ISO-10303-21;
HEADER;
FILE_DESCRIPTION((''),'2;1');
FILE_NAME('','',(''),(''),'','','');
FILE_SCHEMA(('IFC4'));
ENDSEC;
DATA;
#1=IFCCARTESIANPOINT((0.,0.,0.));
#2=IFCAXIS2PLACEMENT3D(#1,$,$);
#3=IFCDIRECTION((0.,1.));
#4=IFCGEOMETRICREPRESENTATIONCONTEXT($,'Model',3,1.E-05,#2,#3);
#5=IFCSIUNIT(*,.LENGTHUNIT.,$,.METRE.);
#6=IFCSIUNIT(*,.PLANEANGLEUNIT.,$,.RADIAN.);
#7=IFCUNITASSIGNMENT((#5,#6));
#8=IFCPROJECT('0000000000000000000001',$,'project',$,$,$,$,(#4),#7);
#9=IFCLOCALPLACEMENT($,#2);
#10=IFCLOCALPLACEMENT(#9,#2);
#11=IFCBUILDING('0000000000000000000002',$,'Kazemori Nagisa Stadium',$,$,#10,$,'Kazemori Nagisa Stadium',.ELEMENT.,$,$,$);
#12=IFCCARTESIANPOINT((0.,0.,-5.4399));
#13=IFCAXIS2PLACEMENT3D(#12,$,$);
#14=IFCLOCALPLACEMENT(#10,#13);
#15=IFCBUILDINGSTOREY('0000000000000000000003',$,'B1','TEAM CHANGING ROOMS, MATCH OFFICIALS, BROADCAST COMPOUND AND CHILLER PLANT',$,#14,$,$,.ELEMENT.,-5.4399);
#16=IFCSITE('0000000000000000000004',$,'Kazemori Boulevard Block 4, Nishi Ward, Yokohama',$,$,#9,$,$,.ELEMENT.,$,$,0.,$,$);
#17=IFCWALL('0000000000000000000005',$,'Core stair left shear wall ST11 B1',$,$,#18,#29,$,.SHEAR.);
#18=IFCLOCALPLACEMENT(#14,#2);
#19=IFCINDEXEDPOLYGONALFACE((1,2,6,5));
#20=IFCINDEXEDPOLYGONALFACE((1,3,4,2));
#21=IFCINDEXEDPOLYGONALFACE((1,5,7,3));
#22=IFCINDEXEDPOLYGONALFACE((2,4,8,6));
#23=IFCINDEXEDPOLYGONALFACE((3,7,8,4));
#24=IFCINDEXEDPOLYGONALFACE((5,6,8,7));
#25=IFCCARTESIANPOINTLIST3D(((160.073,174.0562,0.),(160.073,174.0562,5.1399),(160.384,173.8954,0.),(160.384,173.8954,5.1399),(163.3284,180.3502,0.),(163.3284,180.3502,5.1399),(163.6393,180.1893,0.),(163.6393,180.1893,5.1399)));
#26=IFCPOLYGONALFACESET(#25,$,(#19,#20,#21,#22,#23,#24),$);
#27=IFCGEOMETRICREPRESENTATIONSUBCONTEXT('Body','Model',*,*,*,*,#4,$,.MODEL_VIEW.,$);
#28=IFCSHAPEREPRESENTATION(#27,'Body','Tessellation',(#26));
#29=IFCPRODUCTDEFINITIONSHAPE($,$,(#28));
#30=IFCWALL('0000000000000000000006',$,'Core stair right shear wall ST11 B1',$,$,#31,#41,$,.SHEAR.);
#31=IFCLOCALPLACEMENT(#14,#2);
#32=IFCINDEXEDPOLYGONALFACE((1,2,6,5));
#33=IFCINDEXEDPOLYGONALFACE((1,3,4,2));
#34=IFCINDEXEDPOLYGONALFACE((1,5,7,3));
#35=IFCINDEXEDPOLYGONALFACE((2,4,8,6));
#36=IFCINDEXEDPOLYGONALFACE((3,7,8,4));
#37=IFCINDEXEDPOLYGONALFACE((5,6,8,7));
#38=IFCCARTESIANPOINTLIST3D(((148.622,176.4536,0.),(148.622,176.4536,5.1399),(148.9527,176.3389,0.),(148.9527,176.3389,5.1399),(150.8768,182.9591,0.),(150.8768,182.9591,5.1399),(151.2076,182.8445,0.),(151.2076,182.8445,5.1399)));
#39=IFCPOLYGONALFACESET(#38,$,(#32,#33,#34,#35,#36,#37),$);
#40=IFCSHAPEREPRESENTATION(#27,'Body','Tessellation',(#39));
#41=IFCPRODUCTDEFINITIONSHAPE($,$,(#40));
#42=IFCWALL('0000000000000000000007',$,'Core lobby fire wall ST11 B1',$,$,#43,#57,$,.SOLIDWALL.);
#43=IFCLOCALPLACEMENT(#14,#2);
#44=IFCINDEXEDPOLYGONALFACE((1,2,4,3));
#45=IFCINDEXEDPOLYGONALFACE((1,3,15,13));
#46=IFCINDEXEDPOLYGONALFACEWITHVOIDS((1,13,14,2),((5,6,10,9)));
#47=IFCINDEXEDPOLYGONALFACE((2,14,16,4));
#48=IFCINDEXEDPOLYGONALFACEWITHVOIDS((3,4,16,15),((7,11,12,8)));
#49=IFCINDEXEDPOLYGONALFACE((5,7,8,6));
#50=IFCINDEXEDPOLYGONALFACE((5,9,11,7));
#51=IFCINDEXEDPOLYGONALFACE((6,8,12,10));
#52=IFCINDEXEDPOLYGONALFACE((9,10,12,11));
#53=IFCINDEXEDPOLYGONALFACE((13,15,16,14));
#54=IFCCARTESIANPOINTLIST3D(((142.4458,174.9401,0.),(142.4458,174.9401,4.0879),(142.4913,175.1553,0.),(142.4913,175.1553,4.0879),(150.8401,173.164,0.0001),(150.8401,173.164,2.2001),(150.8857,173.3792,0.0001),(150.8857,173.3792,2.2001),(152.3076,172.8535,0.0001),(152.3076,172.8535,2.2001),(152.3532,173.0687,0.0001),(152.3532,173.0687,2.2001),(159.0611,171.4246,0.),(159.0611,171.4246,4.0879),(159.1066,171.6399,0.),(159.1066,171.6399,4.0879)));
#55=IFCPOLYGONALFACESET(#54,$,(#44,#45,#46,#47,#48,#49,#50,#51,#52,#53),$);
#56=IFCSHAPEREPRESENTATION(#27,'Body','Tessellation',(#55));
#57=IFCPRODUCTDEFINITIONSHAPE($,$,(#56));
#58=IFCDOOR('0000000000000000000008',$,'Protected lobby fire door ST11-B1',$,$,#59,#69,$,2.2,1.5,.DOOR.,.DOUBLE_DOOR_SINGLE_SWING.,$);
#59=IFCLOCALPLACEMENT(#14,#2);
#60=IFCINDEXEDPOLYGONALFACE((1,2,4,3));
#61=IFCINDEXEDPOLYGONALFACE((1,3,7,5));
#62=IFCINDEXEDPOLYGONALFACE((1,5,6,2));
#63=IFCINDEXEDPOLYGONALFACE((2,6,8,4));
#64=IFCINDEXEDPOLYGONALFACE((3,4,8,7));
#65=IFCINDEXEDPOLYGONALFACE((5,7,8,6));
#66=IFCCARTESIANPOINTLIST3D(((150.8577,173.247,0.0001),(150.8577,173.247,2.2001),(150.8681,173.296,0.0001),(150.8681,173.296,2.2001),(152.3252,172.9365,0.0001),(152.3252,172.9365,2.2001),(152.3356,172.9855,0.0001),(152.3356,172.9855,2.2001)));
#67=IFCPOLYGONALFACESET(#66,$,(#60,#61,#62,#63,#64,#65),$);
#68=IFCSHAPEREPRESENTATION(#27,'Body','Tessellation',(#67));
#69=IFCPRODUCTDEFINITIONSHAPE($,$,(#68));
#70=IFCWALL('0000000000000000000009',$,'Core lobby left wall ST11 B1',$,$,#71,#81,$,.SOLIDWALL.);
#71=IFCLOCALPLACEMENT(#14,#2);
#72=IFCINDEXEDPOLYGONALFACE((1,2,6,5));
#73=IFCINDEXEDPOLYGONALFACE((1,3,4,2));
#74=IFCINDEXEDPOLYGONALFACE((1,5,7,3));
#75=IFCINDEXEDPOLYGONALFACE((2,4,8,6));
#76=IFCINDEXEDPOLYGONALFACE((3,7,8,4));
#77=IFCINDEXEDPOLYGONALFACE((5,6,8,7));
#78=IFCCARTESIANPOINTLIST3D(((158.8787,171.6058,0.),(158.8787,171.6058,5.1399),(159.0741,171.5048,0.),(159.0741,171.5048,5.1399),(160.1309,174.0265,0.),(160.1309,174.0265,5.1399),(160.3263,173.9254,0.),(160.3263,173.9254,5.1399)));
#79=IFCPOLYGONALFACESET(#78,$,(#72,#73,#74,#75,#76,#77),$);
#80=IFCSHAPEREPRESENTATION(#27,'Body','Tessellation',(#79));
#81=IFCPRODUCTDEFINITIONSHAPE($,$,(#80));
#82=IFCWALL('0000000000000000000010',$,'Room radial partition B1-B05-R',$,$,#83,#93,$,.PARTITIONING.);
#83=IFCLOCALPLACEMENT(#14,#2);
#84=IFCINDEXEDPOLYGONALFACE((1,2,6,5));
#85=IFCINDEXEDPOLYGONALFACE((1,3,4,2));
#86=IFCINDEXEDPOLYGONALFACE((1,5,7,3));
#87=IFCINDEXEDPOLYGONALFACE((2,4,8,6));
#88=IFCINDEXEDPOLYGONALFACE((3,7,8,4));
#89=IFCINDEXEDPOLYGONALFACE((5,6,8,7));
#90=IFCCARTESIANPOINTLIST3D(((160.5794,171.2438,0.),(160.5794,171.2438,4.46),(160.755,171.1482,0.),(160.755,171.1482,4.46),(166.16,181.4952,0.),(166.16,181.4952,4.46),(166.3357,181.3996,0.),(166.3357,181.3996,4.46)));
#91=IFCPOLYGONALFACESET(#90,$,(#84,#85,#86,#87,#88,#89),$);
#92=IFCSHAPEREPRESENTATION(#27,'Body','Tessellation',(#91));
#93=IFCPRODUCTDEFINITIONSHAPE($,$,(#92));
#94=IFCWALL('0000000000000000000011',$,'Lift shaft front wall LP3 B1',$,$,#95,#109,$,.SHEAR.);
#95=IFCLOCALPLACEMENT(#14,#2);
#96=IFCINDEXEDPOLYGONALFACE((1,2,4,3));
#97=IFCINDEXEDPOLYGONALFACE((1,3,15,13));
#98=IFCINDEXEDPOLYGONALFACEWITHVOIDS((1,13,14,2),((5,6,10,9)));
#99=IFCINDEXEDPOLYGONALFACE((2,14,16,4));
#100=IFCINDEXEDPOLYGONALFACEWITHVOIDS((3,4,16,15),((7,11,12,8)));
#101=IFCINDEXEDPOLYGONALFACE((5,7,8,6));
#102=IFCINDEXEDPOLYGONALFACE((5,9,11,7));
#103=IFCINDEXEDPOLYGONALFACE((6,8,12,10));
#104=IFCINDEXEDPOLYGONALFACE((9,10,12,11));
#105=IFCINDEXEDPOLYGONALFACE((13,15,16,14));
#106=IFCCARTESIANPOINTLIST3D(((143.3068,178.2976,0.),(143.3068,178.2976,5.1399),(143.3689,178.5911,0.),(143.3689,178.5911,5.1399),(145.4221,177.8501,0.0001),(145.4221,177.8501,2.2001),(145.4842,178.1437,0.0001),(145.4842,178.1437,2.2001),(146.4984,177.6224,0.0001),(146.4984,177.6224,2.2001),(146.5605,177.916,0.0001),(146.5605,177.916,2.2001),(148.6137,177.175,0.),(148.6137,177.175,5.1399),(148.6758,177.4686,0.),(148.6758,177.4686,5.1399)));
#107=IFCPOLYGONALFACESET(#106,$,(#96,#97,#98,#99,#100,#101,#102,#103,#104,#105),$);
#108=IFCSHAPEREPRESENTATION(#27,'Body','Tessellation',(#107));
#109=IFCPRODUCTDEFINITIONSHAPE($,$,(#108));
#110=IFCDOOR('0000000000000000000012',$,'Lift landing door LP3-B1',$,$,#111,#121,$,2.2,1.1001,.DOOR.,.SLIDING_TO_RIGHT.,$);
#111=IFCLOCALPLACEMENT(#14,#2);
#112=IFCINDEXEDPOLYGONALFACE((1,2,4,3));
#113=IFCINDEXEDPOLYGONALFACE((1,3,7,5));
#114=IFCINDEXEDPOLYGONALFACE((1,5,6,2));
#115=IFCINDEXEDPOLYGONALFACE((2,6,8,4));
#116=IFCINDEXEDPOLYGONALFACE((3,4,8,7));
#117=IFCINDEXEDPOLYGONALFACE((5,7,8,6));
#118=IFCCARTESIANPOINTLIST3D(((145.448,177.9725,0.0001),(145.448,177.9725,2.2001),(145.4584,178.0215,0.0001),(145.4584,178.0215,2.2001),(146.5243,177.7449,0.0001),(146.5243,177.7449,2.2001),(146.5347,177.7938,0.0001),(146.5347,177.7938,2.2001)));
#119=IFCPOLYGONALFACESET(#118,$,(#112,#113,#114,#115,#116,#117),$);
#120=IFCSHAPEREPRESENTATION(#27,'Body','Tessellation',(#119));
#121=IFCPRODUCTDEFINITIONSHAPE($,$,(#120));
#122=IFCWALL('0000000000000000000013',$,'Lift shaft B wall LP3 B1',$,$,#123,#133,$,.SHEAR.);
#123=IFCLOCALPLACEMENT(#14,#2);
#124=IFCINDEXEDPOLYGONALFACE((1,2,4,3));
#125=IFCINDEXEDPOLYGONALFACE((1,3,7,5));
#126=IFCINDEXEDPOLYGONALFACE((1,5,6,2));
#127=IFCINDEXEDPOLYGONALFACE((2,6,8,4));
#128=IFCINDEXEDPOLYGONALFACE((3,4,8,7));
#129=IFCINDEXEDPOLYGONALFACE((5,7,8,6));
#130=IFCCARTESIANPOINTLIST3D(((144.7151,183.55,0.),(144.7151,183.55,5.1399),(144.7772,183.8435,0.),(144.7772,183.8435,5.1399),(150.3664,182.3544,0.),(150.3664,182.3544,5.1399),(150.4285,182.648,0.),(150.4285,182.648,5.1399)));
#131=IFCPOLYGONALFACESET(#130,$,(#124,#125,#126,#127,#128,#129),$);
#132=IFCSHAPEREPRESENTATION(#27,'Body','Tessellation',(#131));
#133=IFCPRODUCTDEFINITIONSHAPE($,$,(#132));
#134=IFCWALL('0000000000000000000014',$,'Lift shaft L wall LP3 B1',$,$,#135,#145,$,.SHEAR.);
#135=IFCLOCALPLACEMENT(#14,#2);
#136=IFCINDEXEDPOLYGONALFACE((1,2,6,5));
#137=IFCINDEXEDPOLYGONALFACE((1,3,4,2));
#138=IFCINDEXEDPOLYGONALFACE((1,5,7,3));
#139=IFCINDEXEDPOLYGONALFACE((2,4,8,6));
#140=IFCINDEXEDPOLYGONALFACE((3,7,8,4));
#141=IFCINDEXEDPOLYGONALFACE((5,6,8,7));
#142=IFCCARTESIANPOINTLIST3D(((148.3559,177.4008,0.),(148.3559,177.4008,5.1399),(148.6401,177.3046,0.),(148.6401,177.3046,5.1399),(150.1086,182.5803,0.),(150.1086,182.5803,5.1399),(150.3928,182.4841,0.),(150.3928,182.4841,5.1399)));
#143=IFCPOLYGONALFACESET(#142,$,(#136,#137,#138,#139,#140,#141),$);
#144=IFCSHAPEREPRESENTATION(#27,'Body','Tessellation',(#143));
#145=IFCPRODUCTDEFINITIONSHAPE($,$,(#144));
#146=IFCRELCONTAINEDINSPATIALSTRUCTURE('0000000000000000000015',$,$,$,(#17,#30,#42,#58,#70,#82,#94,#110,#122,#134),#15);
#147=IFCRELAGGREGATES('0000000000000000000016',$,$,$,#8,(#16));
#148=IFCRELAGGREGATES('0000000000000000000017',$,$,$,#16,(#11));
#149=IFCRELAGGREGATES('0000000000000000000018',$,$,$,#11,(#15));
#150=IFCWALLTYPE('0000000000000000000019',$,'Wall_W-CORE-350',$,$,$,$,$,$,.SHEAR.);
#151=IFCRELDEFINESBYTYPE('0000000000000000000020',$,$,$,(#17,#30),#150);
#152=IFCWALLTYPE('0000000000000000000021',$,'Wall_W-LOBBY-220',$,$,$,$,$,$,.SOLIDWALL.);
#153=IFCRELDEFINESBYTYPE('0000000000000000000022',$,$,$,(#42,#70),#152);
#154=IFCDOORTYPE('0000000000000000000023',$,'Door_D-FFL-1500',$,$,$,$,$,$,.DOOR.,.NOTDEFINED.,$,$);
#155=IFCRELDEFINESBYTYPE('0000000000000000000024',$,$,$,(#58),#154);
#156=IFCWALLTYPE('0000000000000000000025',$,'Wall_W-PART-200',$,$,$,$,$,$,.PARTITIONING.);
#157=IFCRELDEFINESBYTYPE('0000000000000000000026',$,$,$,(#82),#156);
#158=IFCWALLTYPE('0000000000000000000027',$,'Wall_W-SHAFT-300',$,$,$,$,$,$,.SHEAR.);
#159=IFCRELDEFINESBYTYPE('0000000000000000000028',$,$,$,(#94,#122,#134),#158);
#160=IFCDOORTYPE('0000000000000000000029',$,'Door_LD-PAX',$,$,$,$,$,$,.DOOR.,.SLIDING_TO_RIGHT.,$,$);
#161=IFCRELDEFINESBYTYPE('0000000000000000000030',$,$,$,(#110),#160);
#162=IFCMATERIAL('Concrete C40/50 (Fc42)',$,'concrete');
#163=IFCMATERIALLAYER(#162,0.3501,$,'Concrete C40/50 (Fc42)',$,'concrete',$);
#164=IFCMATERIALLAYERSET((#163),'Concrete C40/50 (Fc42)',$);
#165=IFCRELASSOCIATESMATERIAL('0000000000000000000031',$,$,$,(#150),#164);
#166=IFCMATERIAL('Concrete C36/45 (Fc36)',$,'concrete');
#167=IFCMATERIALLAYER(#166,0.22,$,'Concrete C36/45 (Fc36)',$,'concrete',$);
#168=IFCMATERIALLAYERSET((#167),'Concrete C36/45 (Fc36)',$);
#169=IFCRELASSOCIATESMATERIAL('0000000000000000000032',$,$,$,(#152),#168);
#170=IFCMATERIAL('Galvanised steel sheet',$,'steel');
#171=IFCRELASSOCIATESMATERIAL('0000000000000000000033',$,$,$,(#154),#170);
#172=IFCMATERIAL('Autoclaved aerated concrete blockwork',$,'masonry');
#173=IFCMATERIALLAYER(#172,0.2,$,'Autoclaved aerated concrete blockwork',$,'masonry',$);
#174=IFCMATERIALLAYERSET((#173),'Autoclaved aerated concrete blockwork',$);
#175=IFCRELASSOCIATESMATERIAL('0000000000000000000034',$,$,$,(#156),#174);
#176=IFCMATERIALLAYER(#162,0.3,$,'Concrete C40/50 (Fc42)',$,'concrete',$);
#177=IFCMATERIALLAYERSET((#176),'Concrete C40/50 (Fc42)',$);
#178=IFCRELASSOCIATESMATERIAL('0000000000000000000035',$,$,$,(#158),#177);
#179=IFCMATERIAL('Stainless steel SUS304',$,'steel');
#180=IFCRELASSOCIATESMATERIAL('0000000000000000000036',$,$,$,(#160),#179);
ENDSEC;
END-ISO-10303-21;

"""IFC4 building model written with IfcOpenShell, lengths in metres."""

from ifc_helpers import new_model, si_unit, direction, frame, frame_2d, origin, place, context, subcontext, project, spatial, rectangle, extrude, material, layer, layer_set, type_object, element, fill, save


model = new_model("IFC4")

# Units and contexts
model_context = context("Model", 3, precision=1e-05, world=origin(), true_north=direction((0.0, 1.0)))
body_context = subcontext(model_context, "Body", "Model", "MODEL_VIEW")
ifc_project = project(units=[si_unit("LENGTHUNIT", "METRE"), si_unit("PLANEANGLEUNIT", "RADIAN")], contexts=[model_context])

# Site, building, storey
site_placement = place(None, origin())
site = spatial("IfcSite", under=ifc_project, at=site_placement, Name="Kazemori Boulevard Block 4, Nishi Ward, Yokohama", CompositionType="ELEMENT", RefElevation=0.0)
building_placement = place(site_placement, origin())
building = spatial("IfcBuilding", under=site, at=building_placement, Name="Kazemori Nagisa Stadium", LongName="Kazemori Nagisa Stadium", CompositionType="ELEMENT")
storey_placement = place(building_placement, frame((0.0, 0.0, -5.4399)))
storey = spatial("IfcBuildingStorey", under=building, at=storey_placement, Name="B1", Description="TEAM CHANGING ROOMS, MATCH OFFICIALS, BROADCAST COMPOUND AND CHILLER PLANT", CompositionType="ELEMENT", Elevation=-5.4399)

# Shared definitions
ifc_material_1 = material(Name="Concrete C40/50 (Fc42)", Category="concrete")

# Shared definitions
ifc_material_2 = material(Name="Concrete C36/45 (Fc36)", Category="concrete")

# Shared definitions
ifc_layer_1 = layer(ifc_material_1, 0.3501, Name="Concrete C40/50 (Fc42)", Category="concrete")
ifc_layer_set_1 = layer_set([ifc_layer_1], Name="Concrete C40/50 (Fc42)")
wall_type_1 = type_object("IfcWallType", Name="Wall_W-CORE-350", PredefinedType="SHEAR", material=ifc_layer_set_1)
ifc_material_3 = material(Name="Galvanised steel sheet", Category="steel")

# Walls
wall_1_placement = place(storey_placement, frame((160.2285, 173.9758, 0.0), z_axis=(0.0, 0.0, 1.0), x_axis=(0.45941, 0.888224, 0.0)))
element("IfcWall", 1, at=wall_1_placement, inside=storey, type_object=wall_type_1, Name="Core stair left shear wall ST11 B1", PredefinedType="SHEAR", context=body_context, shape_type="SweptSolid", body=[
    extrude(rectangle(XDim=7.0859, YDim=0.3501, at=frame_2d((3.543, 0.0))), origin(), (0.0, 0.0, 1.0), 5.1399),
])
wall_2_placement = place(storey_placement, frame((148.7874, 176.3962, 0.0), z_axis=(0.0, 0.0, 1.0), x_axis=(0.327492, 0.944854, 0.0)))
element("IfcWall", 2, at=wall_2_placement, inside=storey, type_object=wall_type_1, Name="Core stair right shear wall ST11 B1", PredefinedType="SHEAR", context=body_context, shape_type="SweptSolid", body=[
    extrude(rectangle(XDim=6.8853, YDim=0.3501, at=frame_2d((3.4426, 0.0))), origin(), (0.0, 0.0, 1.0), 5.1399),
])

# Wall, opening, door
ifc_layer_2 = layer(ifc_material_2, 0.22, Name="Concrete C36/45 (Fc36)", Category="concrete")
ifc_layer_set_2 = layer_set([ifc_layer_2], Name="Concrete C36/45 (Fc36)")
wall_type_2 = type_object("IfcWallType", Name="Wall_W-LOBBY-220", PredefinedType="SOLIDWALL", material=ifc_layer_set_2)
wall_3_placement = place(storey_placement, frame((159.084, 171.5322, 0.0), z_axis=(0.0, 0.0, 1.0), x_axis=(-0.978342, 0.206994, 0.0)))
wall_3 = element("IfcWall", 3, at=wall_3_placement, inside=storey, type_object=wall_type_2, Name="Core lobby fire wall ST11 B1", PredefinedType="SOLIDWALL", context=body_context, shape_type="SweptSolid", body=[
    extrude(rectangle(XDim=16.9832, YDim=0.22, at=frame_2d((8.4917, 0.0))), origin(), (0.0, 0.0, 1.0), 4.0879),
])
opening_1_placement = place(wall_3_placement, frame((6.9031, 0.0, 0.0)))
opening_1 = element("IfcOpeningElement", 4, at=opening_1_placement, cuts=wall_3, PredefinedType="OPENING", context=body_context, shape_type="SweptSolid", body=[
    extrude(rectangle(XDim=1.5, YDim=2.2, at=frame_2d((0.75, 1.1001))), frame((0.0, 0.1199, 0.0), z_axis=(0.0, -1.0, 0.0), x_axis=(1.0, 0.0, 0.0)), (0.0, 0.0, 1.0), 0.24),
])
door_type_1 = type_object("IfcDoorType", Name="Door_D-FFL-1500", OperationType="NOTDEFINED", PredefinedType="DOOR", material=ifc_material_3)
door_1_placement = place(opening_1_placement, frame((1.5, 0.0, 0.0), z_axis=(0.0, 0.0, 1.0), x_axis=(-1.0, 0.0, 0.0)))
door_1 = element("IfcDoor", 5, at=door_1_placement, inside=storey, type_object=door_type_1, Name="Protected lobby fire door ST11-B1", OperationType="DOUBLE_DOOR_SINGLE_SWING", OverallHeight=2.2, OverallWidth=1.5, PredefinedType="DOOR", context=body_context, shape_type="SweptSolid", body=[
    extrude(rectangle(XDim=1.5, YDim=2.2, at=frame_2d((0.75, 1.1001))), frame((0.0, 0.0249, 0.0), z_axis=(0.0, -1.0, 0.0), x_axis=(1.0, 0.0, 0.0)), (0.0, 0.0, 1.0), 0.05),
])
fill(opening_1, door_1)

# Walls
wall_4_placement = place(storey_placement, frame((158.9763, 171.5552, 0.0), z_axis=(0.0, 0.0, 1.0), x_axis=(0.459462, 0.888197, 0.0)))
element("IfcWall", 6, at=wall_4_placement, inside=storey, type_object=wall_type_2, Name="Core lobby left wall ST11 B1", PredefinedType="SOLIDWALL", context=body_context, shape_type="SweptSolid", body=[
    extrude(rectangle(XDim=2.7253, YDim=0.22, at=frame_2d((1.3628, 0.0))), origin(), (0.0, 0.0, 1.0), 5.1399),
])
ifc_material_4 = material(Name="Autoclaved aerated concrete blockwork", Category="masonry")
ifc_layer_3 = layer(ifc_material_4, 0.2, Name="Autoclaved aerated concrete blockwork", Category="masonry")
ifc_layer_set_3 = layer_set([ifc_layer_3], Name="Autoclaved aerated concrete blockwork")
wall_type_3 = type_object("IfcWallType", Name="Wall_W-PART-200", PredefinedType="PARTITIONING", material=ifc_layer_set_3)
wall_5_placement = place(storey_placement, frame((160.6672, 171.196, 0.0), z_axis=(0.0, 0.0, 1.0), x_axis=(0.478125, 0.878292, 0.0)))
element("IfcWall", 7, at=wall_5_placement, inside=storey, type_object=wall_type_3, Name="Room radial partition B1-B05-R", PredefinedType="PARTITIONING", context=body_context, shape_type="SweptSolid", body=[
    extrude(rectangle(XDim=11.6719, YDim=0.2, at=frame_2d((5.8359, 0.0))), origin(), (0.0, 0.0, 1.0), 4.46),
])

# Wall, opening, door
ifc_layer_4 = layer(ifc_material_1, 0.3, Name="Concrete C40/50 (Fc42)", Category="concrete")
ifc_layer_set_4 = layer_set([ifc_layer_4], Name="Concrete C40/50 (Fc42)")
wall_type_4 = type_object("IfcWallType", Name="Wall_W-SHAFT-300", PredefinedType="SHEAR", material=ifc_layer_set_4)
wall_6_placement = place(storey_placement, frame((148.6448, 177.3218, 0.0), z_axis=(0.0, 0.0, 1.0), x_axis=(-0.978352, 0.206949, 0.0)))
wall_6 = element("IfcWall", 8, at=wall_6_placement, inside=storey, type_object=wall_type_4, Name="Lift shaft front wall LP3 B1", PredefinedType="SHEAR", context=body_context, shape_type="SweptSolid", body=[
    extrude(rectangle(XDim=5.4243, YDim=0.3, at=frame_2d((2.7122, 0.0))), origin(), (0.0, 0.0, 1.0), 5.1399),
])
opening_2_placement = place(wall_6_placement, frame((2.1621, 0.0, 0.0)))
opening_2 = element("IfcOpeningElement", 9, at=opening_2_placement, cuts=wall_6, PredefinedType="OPENING", context=body_context, shape_type="SweptSolid", body=[
    extrude(rectangle(XDim=1.1001, YDim=2.2, at=frame_2d((0.55, 1.1001))), frame((0.0, 0.1599, 0.0), z_axis=(0.0, -1.0, 0.0), x_axis=(1.0, 0.0, 0.0)), (0.0, 0.0, 1.0), 0.3201),
])
ifc_material_5 = material(Name="Stainless steel SUS304", Category="steel")
door_type_2 = type_object("IfcDoorType", Name="Door_LD-PAX", OperationType="SLIDING_TO_RIGHT", PredefinedType="DOOR", material=ifc_material_5)
door_2_placement = place(opening_2_placement, origin())
door_2 = element("IfcDoor", 10, at=door_2_placement, inside=storey, type_object=door_type_2, Name="Lift landing door LP3-B1", OperationType="SLIDING_TO_RIGHT", OverallHeight=2.2, OverallWidth=1.1001, PredefinedType="DOOR", context=body_context, shape_type="SweptSolid", body=[
    extrude(rectangle(XDim=1.1001, YDim=2.2, at=frame_2d((0.55, 1.1001))), frame((0.0, 0.0249, 0.0), z_axis=(0.0, -1.0, 0.0), x_axis=(1.0, 0.0, 0.0)), (0.0, 0.0, 1.0), 0.05),
])
fill(opening_2, door_2)

# Walls
wall_7_placement = place(storey_placement, frame((150.3975, 182.5012, 0.0), z_axis=(0.0, 0.0, 1.0), x_axis=(-0.978347, 0.206971, 0.0)))
element("IfcWall", 11, at=wall_7_placement, inside=storey, type_object=wall_type_4, Name="Lift shaft B wall LP3 B1", PredefinedType="SHEAR", context=body_context, shape_type="SweptSolid", body=[
    extrude(rectangle(XDim=5.7764, YDim=0.3, at=frame_2d((2.8882, 0.0))), origin(), (0.0, 0.0, 1.0), 5.1399),
])
wall_8_placement = place(storey_placement, frame((148.498, 177.3528, 0.0), z_axis=(0.0, 0.0, 1.0), x_axis=(0.320538, 0.947236, 0.0)))
element("IfcWall", 12, at=wall_8_placement, inside=storey, type_object=wall_type_4, Name="Lift shaft L wall LP3 B1", PredefinedType="SHEAR", context=body_context, shape_type="SweptSolid", body=[
    extrude(rectangle(XDim=5.468, YDim=0.3, at=frame_2d((2.7339, 0.0))), origin(), (0.0, 0.0, 1.0), 5.1399),
])

save(model, "model.ifc")
